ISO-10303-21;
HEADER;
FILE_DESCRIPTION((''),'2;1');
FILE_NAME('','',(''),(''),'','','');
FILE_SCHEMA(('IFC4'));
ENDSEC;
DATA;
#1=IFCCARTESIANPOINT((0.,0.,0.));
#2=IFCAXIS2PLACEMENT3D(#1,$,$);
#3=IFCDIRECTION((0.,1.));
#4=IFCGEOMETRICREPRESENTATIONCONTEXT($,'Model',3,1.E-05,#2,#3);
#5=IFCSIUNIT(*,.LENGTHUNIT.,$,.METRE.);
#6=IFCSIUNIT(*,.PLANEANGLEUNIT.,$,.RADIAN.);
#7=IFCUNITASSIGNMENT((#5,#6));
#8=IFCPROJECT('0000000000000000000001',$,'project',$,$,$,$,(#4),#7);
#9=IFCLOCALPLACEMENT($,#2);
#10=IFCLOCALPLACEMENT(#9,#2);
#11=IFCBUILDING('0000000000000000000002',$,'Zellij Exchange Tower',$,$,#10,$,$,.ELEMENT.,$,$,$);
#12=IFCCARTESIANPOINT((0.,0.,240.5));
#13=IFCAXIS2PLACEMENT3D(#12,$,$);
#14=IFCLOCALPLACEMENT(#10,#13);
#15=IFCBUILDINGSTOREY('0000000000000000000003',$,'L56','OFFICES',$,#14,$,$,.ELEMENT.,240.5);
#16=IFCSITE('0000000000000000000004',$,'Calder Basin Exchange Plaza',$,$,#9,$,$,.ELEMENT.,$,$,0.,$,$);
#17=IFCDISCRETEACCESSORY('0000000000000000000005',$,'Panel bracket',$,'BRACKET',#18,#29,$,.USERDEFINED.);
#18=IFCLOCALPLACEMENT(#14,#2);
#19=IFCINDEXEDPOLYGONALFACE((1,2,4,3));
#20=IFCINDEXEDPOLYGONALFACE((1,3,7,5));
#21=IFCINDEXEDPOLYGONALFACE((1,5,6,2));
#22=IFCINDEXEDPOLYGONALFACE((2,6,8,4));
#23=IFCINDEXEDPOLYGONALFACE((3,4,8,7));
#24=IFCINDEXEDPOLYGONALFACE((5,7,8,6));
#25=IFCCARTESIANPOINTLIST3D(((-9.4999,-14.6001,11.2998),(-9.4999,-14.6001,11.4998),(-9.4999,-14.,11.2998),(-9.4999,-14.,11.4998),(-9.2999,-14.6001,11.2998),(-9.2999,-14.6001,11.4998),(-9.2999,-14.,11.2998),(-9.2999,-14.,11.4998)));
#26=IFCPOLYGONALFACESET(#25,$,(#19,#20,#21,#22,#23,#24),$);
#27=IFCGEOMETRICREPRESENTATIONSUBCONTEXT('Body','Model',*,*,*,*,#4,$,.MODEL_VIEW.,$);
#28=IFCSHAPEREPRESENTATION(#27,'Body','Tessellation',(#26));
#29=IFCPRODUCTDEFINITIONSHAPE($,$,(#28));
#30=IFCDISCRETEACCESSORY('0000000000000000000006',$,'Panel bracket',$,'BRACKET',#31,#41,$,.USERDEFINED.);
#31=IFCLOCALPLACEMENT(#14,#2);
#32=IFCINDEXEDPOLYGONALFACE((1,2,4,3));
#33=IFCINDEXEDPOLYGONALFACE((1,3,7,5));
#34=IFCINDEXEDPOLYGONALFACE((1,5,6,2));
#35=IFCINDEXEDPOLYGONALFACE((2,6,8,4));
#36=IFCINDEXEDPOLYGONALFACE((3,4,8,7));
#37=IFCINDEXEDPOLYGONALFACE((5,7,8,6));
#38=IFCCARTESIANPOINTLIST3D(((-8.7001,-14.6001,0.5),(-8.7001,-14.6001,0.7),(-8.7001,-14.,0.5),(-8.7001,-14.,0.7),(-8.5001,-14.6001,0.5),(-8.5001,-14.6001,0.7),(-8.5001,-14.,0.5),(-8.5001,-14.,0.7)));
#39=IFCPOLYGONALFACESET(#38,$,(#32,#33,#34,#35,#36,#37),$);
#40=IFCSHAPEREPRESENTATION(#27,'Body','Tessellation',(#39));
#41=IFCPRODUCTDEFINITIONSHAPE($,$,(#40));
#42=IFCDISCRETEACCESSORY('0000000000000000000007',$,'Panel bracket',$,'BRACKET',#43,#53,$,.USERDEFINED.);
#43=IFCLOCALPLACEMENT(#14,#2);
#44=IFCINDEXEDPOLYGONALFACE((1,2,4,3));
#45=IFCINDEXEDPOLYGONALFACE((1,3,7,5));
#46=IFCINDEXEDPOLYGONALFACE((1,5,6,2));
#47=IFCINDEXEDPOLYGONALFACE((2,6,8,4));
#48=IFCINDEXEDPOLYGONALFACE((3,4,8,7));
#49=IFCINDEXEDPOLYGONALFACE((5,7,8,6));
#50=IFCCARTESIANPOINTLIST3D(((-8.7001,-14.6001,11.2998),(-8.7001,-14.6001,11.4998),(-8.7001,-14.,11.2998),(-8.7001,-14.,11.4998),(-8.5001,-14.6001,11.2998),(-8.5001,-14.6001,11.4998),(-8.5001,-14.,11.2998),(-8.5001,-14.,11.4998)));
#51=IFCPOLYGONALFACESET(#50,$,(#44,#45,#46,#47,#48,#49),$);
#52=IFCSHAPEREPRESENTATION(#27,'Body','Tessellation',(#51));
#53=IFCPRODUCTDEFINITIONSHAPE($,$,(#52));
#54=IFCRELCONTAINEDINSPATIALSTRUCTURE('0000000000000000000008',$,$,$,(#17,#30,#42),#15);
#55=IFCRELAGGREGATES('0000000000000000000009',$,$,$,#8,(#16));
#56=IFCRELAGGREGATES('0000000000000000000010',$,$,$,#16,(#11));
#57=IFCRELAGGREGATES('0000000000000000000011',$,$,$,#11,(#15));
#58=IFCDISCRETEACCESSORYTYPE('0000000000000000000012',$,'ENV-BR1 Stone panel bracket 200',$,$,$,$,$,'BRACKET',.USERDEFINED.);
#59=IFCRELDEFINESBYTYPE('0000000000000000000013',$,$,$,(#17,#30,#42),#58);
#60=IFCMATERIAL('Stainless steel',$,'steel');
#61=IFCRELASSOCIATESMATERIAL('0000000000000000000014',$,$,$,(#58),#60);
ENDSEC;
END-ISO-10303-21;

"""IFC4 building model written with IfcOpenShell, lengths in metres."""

from ifc_helpers import new_model, si_unit, direction, frame, origin, origin_2d, place, context, subcontext, project, spatial, rectangle, extrude, material, type_object, element, save


model = new_model("IFC4")

# Units and contexts
model_context = context("Model", 3, precision=1e-05, world=origin(), true_north=direction((0.0, 1.0)))
body_context = subcontext(model_context, "Body", "Model", "MODEL_VIEW")
ifc_project = project(units=[si_unit("LENGTHUNIT", "METRE"), si_unit("PLANEANGLEUNIT", "RADIAN")], contexts=[model_context])

# Site, building, storey
site_placement = place(None, origin())
site = spatial("IfcSite", under=ifc_project, at=site_placement, Name="Calder Basin Exchange Plaza", CompositionType="ELEMENT", RefElevation=0.0)
building_placement = place(site_placement, origin())
building = spatial("IfcBuilding", under=site, at=building_placement, Name="Zellij Exchange Tower", CompositionType="ELEMENT")
storey_placement = place(building_placement, frame((0.0, 0.0, 240.5)))
storey = spatial("IfcBuildingStorey", under=building, at=storey_placement, Name="L56", Description="OFFICES", CompositionType="ELEMENT", Elevation=240.5)

# Shared definitions
ifc_material_1 = material(Name="Stainless steel", Category="steel")

# Discrete accessories
discrete_accessory_type = type_object("IfcDiscreteAccessoryType", Name="ENV-BR1 Stone panel bracket 200", ElementType="BRACKET", PredefinedType="USERDEFINED", material=ifc_material_1)
for number, where, z_axis, x_axis, name in (
    (1, (-9.3999, -14.3, 11.2998), (0.0, 0.0, 1.0), (1.0, 0.0, 0.0), "Panel bracket"),
    (2, (-8.6001, -14.3, 0.5), (0.0, 0.0, 1.0), (1.0, 0.0, 0.0), "Panel bracket"),
    (3, (-8.6001, -14.3, 11.2998), (0.0, 0.0, 1.0), (1.0, 0.0, 0.0), "Panel bracket"),
):
    element("IfcDiscreteAccessory", number, at=place(storey_placement, frame(where, z_axis=z_axis, x_axis=x_axis)), inside=storey, type_object=discrete_accessory_type, Name=name, ObjectType="BRACKET", PredefinedType="USERDEFINED", context=body_context, shape_type="SweptSolid", body=[
        extrude(rectangle(XDim=0.2, YDim=0.6001, at=origin_2d()), origin(), (0.0, 0.0, 1.0), 0.2),
    ])

save(model, "model.ifc")
